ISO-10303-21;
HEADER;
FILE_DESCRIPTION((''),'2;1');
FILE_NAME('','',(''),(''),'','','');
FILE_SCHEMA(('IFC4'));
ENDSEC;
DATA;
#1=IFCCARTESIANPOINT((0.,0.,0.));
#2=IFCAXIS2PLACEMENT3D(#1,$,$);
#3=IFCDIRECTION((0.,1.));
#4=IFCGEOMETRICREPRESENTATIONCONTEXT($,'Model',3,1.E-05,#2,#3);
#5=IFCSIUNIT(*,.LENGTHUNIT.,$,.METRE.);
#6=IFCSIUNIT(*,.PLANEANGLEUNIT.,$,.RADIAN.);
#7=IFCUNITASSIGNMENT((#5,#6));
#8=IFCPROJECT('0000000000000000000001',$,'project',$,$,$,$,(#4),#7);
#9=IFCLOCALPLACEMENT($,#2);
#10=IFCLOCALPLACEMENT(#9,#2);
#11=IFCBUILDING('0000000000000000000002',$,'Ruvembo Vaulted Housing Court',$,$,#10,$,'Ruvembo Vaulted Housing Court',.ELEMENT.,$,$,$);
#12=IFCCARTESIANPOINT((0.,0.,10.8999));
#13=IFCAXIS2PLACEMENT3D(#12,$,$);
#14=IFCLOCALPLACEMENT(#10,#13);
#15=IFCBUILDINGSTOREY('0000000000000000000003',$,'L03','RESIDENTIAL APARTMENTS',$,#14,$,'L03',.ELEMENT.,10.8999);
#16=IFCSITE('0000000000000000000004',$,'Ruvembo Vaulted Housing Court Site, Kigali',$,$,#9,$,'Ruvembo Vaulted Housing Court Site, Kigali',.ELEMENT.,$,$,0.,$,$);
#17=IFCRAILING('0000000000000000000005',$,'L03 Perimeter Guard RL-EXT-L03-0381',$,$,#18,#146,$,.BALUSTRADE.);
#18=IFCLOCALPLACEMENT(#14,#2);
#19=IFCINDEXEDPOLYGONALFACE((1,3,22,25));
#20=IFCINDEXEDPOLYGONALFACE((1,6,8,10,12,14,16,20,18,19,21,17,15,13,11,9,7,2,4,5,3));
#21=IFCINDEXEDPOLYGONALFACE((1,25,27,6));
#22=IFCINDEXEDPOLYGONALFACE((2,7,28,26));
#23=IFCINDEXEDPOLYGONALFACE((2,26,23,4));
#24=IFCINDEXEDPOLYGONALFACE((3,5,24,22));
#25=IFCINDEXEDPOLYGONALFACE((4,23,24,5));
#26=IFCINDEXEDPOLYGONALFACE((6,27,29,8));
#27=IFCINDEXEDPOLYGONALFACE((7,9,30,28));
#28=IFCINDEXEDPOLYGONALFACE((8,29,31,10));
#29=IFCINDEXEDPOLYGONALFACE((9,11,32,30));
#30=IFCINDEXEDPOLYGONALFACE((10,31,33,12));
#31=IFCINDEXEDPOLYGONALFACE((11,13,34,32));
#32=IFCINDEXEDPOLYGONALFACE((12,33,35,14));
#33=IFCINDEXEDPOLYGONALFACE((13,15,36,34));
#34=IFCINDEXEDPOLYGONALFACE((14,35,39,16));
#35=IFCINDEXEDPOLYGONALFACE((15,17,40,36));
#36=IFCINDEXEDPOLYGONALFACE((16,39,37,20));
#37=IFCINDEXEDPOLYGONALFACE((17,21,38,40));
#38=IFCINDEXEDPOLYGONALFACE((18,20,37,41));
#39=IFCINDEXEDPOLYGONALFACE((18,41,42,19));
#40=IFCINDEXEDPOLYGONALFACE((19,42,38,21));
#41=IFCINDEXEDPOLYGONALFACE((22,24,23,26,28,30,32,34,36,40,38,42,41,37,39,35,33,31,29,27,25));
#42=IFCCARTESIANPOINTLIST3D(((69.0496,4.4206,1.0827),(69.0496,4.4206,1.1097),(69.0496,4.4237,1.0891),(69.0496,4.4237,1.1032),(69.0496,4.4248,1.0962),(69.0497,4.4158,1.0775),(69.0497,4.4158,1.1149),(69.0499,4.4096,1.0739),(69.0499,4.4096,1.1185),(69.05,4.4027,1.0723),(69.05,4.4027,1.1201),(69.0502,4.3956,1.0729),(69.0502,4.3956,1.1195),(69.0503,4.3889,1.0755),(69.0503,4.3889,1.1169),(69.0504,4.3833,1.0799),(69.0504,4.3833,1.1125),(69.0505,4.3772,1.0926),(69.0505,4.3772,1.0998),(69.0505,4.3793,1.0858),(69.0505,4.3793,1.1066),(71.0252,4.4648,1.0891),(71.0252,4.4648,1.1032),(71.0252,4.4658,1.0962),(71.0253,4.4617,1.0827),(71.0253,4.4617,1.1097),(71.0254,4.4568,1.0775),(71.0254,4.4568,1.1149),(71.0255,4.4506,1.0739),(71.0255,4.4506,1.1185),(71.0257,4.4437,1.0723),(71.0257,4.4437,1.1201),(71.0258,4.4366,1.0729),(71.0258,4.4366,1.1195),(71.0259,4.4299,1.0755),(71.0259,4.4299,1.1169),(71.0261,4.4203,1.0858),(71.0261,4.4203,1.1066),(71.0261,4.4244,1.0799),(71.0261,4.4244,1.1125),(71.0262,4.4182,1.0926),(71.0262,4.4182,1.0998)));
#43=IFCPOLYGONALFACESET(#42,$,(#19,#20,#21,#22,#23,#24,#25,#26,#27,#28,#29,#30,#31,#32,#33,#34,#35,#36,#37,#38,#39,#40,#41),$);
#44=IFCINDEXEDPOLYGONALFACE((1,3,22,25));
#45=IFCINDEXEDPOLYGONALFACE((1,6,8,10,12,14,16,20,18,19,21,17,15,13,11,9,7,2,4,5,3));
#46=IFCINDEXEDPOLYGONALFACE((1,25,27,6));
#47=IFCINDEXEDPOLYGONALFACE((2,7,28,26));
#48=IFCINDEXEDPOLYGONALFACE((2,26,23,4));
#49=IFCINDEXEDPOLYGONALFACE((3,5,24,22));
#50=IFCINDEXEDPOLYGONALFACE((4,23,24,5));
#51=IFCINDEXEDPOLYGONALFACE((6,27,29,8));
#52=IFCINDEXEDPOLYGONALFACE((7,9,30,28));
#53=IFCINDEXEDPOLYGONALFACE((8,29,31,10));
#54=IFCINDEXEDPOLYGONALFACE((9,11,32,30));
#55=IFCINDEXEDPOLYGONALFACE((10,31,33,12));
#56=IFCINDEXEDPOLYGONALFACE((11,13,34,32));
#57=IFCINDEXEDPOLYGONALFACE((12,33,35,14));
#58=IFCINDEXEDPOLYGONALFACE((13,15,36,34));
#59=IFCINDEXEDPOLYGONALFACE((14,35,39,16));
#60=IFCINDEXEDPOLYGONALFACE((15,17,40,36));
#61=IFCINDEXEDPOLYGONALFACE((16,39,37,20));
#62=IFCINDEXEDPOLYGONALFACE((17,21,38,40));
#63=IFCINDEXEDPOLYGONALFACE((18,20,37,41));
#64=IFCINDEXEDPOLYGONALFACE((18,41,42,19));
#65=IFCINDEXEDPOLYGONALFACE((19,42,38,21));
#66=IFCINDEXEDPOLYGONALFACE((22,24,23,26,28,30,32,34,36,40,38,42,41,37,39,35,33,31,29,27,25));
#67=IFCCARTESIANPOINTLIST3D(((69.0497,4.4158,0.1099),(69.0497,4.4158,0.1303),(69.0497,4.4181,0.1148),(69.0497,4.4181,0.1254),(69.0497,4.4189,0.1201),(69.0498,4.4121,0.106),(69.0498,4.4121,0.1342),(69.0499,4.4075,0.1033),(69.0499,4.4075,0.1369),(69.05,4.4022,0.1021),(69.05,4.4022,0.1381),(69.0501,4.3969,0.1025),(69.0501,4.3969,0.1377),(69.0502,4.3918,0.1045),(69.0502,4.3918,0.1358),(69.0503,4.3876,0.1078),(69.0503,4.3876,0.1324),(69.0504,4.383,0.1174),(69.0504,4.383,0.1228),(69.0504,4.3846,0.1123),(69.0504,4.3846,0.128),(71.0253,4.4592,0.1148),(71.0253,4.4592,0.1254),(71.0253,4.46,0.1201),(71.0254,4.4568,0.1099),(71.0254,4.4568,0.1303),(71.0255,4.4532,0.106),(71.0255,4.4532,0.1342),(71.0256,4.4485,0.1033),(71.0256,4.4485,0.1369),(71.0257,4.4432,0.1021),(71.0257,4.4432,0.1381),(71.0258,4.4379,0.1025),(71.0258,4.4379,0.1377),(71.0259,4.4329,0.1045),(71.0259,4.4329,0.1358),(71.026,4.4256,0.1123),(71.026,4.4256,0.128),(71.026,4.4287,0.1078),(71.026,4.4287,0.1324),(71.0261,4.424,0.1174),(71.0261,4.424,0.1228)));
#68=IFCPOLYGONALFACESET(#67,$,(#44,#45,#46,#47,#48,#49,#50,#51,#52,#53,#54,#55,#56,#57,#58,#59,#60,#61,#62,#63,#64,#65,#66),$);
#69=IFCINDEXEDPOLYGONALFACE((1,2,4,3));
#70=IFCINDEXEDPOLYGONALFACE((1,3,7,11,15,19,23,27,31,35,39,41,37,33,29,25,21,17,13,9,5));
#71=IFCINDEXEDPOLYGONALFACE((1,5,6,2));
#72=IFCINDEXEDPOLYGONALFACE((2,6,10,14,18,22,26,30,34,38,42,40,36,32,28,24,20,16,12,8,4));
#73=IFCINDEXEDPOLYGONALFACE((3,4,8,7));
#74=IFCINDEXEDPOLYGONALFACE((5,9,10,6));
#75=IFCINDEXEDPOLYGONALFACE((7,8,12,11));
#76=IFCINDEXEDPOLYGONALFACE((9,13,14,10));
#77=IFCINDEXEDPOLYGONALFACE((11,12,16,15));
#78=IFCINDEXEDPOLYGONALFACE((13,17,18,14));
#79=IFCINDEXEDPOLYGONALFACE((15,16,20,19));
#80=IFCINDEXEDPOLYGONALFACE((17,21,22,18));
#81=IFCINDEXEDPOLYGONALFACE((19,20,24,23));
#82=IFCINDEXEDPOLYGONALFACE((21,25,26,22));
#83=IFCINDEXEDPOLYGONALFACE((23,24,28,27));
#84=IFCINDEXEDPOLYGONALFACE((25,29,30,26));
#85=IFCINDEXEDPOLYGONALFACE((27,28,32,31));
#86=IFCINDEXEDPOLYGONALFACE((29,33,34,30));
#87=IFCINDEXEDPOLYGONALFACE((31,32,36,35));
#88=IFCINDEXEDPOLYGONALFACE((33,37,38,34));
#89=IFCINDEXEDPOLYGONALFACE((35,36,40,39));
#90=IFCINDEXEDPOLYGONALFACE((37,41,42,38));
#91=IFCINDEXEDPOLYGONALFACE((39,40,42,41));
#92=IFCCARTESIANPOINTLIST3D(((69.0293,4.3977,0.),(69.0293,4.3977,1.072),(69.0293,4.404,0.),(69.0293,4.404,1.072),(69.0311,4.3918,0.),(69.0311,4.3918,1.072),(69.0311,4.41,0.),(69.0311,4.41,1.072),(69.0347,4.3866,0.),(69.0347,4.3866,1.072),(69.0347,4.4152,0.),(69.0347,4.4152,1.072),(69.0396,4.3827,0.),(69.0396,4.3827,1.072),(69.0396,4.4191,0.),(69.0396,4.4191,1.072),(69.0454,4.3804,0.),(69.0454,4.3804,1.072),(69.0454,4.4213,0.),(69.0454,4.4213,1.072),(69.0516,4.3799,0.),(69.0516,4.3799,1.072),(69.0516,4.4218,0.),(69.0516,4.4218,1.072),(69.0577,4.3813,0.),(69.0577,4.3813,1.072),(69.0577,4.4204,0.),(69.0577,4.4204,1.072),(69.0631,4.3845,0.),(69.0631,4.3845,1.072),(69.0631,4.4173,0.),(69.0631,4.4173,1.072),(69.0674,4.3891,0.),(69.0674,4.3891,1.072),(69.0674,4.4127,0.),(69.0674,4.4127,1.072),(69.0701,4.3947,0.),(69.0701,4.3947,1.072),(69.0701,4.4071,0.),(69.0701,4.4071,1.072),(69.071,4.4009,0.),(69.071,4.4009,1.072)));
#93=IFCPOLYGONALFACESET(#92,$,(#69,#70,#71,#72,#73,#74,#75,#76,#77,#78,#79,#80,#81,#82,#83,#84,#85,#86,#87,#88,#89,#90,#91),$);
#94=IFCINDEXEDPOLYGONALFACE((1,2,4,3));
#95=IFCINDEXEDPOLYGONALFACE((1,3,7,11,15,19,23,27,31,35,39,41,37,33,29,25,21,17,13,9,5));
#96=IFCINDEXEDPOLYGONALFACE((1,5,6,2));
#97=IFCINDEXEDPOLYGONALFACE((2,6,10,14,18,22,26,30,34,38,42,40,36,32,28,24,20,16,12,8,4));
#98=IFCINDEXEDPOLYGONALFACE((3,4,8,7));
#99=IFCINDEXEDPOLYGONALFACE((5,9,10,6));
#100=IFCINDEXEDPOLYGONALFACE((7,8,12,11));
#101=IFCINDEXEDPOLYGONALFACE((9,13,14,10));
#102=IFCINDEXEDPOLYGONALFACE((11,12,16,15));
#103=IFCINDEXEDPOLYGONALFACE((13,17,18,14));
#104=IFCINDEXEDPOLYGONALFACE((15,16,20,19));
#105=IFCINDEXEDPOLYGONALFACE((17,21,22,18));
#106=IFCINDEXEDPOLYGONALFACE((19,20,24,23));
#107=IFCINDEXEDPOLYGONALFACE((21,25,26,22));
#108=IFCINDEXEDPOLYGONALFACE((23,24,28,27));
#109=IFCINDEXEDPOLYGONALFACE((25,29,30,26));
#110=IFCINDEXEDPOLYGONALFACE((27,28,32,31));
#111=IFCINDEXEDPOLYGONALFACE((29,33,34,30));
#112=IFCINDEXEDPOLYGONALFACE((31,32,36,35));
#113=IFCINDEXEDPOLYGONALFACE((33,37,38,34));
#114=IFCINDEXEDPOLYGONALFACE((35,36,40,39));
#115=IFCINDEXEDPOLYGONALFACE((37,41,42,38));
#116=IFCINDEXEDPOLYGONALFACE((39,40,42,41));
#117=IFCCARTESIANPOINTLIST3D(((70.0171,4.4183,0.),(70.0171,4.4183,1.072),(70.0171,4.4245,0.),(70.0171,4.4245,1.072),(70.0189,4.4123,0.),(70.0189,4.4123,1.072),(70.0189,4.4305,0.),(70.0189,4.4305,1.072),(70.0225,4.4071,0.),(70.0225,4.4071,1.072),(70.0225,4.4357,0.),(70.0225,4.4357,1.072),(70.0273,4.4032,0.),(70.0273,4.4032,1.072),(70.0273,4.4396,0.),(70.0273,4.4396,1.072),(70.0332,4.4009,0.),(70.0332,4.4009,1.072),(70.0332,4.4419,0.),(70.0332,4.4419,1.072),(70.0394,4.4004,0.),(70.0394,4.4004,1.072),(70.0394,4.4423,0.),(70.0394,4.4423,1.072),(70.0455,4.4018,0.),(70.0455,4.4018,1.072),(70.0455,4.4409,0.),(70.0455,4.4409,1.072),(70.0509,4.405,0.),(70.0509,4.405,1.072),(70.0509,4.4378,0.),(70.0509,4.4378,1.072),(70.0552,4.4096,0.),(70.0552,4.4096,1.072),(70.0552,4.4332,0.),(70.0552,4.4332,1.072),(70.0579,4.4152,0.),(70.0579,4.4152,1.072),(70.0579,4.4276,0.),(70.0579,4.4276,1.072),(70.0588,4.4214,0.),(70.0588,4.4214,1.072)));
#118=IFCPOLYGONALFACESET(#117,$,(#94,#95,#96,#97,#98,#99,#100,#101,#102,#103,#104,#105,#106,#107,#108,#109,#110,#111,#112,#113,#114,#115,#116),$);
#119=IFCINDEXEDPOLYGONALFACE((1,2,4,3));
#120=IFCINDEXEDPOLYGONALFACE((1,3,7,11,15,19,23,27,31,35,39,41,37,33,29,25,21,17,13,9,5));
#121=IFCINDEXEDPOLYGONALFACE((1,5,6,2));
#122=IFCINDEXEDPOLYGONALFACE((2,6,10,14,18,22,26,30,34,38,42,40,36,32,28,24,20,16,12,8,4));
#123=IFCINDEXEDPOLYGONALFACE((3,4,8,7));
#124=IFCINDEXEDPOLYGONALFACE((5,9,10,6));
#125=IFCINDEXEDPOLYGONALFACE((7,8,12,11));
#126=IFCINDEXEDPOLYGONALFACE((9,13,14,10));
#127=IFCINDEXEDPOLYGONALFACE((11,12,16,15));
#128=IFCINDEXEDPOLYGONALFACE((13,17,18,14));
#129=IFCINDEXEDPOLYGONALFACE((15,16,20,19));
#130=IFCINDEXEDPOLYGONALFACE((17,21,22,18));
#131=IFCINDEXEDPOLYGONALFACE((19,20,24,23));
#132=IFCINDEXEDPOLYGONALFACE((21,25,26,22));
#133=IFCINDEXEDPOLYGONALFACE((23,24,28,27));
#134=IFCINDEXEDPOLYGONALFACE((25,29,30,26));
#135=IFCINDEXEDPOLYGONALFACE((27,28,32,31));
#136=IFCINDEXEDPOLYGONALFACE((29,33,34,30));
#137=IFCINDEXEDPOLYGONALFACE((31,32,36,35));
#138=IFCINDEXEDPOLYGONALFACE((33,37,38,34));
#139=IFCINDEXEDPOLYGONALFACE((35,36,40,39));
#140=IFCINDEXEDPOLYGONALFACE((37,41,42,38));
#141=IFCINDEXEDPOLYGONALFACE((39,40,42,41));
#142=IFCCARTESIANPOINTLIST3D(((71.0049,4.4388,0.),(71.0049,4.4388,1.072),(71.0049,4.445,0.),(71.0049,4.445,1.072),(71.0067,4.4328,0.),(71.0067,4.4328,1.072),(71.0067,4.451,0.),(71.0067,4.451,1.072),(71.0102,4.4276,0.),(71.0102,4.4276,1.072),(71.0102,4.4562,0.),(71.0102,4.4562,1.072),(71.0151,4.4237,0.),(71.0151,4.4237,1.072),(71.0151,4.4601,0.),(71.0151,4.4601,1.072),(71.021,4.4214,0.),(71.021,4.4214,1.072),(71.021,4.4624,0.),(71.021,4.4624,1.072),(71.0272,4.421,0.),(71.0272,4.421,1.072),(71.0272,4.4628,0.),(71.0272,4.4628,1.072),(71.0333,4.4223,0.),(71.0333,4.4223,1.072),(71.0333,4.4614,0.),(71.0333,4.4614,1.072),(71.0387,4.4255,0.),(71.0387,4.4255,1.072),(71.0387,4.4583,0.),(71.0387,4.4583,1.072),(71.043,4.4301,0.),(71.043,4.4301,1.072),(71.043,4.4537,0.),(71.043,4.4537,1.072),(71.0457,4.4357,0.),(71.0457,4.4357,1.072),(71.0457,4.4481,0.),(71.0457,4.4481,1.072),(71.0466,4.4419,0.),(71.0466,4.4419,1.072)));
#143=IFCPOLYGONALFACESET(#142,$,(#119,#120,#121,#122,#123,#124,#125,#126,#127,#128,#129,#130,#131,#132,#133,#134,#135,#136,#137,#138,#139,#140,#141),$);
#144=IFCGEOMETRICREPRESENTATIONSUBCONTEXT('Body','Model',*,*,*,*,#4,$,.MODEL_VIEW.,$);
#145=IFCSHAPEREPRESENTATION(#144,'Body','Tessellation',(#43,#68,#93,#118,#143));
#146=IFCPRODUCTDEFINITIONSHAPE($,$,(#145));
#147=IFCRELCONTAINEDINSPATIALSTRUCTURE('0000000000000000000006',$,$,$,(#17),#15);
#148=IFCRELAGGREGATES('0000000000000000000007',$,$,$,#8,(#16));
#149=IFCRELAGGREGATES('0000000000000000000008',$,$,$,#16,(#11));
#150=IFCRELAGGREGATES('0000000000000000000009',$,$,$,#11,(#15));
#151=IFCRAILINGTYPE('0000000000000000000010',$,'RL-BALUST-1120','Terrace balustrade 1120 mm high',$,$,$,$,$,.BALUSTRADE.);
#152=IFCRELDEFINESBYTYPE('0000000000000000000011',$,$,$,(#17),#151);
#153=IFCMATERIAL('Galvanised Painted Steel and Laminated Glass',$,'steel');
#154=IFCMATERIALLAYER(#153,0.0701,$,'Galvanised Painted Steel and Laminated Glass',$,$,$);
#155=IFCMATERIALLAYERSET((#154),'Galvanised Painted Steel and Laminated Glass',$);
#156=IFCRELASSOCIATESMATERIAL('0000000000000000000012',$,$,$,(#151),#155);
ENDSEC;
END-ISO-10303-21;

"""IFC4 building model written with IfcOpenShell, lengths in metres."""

from ifc_helpers import new_model, si_unit, direction, frame, origin, origin_2d, place, context, subcontext, project, spatial, circle, extrude, material, layer, layer_set, type_object, element, save


model = new_model("IFC4")

# Units and contexts
model_context = context("Model", 3, precision=1e-05, world=origin(), true_north=direction((0.0, 1.0)))
body_context = subcontext(model_context, "Body", "Model", "MODEL_VIEW")
ifc_project = project(units=[si_unit("LENGTHUNIT", "METRE"), si_unit("PLANEANGLEUNIT", "RADIAN")], contexts=[model_context])

# Site, building, storey
site_placement = place(None, origin())
site = spatial("IfcSite", under=ifc_project, at=site_placement, Name="Ruvembo Vaulted Housing Court Site, Kigali", LongName="Ruvembo Vaulted Housing Court Site, Kigali", CompositionType="ELEMENT", RefElevation=0.0)
building_placement = place(site_placement, origin())
building = spatial("IfcBuilding", under=site, at=building_placement, Name="Ruvembo Vaulted Housing Court", LongName="Ruvembo Vaulted Housing Court", CompositionType="ELEMENT")
storey_placement = place(building_placement, frame((0.0, 0.0, 10.8999)))
storey = spatial("IfcBuildingStorey", under=building, at=storey_placement, Name="L03", Description="RESIDENTIAL APARTMENTS", LongName="L03", CompositionType="ELEMENT", Elevation=10.8999)

# Railing
ifc_material_1 = material(Name="Galvanised Painted Steel and Laminated Glass", Category="steel")
ifc_layer_1 = layer(ifc_material_1, 0.0701, Name="Galvanised Painted Steel and Laminated Glass")
ifc_layer_set_1 = layer_set([ifc_layer_1], Name="Galvanised Painted Steel and Laminated Glass")
railing_type = type_object("IfcRailingType", Name="RL-BALUST-1120", Description="Terrace balustrade 1120 mm high", PredefinedType="BALUSTRADE", material=ifc_layer_set_1)
railing_1_placement = place(storey_placement, frame((69.05, 4.4009, 0.0)))
element("IfcRailing", 1, at=railing_1_placement, inside=storey, type_object=railing_type, Name="L03 Perimeter Guard RL-EXT-L03-0381", PredefinedType="BALUSTRADE", context=body_context, shape_type="SweptSolid", body=[
    extrude(circle(Radius=0.0239, at=origin_2d()), frame((0.0, 0.0, 1.0962), z_axis=(0.999785, 0.020757, 0.0), x_axis=(-0.020757, 0.999785, 0.0)), (0.0, 0.0, 1.0), 1.9761),
    extrude(circle(Radius=0.0181, at=origin_2d()), frame((0.0, 0.0, 0.1201), z_axis=(0.999785, 0.020757, 0.0), x_axis=(-0.020757, 0.999785, 0.0)), (0.0, 0.0, 1.0), 1.9761),
    extrude(circle(Radius=0.021, at=origin_2d()), origin(), (0.0, 0.0, 1.0), 1.072),
    extrude(circle(Radius=0.021, at=origin_2d()), frame((0.9878, 0.0205, 0.0)), (0.0, 0.0, 1.0), 1.072),
    extrude(circle(Radius=0.021, at=origin_2d()), frame((1.9756, 0.041, 0.0)), (0.0, 0.0, 1.0), 1.072),
])

save(model, "model.ifc")
